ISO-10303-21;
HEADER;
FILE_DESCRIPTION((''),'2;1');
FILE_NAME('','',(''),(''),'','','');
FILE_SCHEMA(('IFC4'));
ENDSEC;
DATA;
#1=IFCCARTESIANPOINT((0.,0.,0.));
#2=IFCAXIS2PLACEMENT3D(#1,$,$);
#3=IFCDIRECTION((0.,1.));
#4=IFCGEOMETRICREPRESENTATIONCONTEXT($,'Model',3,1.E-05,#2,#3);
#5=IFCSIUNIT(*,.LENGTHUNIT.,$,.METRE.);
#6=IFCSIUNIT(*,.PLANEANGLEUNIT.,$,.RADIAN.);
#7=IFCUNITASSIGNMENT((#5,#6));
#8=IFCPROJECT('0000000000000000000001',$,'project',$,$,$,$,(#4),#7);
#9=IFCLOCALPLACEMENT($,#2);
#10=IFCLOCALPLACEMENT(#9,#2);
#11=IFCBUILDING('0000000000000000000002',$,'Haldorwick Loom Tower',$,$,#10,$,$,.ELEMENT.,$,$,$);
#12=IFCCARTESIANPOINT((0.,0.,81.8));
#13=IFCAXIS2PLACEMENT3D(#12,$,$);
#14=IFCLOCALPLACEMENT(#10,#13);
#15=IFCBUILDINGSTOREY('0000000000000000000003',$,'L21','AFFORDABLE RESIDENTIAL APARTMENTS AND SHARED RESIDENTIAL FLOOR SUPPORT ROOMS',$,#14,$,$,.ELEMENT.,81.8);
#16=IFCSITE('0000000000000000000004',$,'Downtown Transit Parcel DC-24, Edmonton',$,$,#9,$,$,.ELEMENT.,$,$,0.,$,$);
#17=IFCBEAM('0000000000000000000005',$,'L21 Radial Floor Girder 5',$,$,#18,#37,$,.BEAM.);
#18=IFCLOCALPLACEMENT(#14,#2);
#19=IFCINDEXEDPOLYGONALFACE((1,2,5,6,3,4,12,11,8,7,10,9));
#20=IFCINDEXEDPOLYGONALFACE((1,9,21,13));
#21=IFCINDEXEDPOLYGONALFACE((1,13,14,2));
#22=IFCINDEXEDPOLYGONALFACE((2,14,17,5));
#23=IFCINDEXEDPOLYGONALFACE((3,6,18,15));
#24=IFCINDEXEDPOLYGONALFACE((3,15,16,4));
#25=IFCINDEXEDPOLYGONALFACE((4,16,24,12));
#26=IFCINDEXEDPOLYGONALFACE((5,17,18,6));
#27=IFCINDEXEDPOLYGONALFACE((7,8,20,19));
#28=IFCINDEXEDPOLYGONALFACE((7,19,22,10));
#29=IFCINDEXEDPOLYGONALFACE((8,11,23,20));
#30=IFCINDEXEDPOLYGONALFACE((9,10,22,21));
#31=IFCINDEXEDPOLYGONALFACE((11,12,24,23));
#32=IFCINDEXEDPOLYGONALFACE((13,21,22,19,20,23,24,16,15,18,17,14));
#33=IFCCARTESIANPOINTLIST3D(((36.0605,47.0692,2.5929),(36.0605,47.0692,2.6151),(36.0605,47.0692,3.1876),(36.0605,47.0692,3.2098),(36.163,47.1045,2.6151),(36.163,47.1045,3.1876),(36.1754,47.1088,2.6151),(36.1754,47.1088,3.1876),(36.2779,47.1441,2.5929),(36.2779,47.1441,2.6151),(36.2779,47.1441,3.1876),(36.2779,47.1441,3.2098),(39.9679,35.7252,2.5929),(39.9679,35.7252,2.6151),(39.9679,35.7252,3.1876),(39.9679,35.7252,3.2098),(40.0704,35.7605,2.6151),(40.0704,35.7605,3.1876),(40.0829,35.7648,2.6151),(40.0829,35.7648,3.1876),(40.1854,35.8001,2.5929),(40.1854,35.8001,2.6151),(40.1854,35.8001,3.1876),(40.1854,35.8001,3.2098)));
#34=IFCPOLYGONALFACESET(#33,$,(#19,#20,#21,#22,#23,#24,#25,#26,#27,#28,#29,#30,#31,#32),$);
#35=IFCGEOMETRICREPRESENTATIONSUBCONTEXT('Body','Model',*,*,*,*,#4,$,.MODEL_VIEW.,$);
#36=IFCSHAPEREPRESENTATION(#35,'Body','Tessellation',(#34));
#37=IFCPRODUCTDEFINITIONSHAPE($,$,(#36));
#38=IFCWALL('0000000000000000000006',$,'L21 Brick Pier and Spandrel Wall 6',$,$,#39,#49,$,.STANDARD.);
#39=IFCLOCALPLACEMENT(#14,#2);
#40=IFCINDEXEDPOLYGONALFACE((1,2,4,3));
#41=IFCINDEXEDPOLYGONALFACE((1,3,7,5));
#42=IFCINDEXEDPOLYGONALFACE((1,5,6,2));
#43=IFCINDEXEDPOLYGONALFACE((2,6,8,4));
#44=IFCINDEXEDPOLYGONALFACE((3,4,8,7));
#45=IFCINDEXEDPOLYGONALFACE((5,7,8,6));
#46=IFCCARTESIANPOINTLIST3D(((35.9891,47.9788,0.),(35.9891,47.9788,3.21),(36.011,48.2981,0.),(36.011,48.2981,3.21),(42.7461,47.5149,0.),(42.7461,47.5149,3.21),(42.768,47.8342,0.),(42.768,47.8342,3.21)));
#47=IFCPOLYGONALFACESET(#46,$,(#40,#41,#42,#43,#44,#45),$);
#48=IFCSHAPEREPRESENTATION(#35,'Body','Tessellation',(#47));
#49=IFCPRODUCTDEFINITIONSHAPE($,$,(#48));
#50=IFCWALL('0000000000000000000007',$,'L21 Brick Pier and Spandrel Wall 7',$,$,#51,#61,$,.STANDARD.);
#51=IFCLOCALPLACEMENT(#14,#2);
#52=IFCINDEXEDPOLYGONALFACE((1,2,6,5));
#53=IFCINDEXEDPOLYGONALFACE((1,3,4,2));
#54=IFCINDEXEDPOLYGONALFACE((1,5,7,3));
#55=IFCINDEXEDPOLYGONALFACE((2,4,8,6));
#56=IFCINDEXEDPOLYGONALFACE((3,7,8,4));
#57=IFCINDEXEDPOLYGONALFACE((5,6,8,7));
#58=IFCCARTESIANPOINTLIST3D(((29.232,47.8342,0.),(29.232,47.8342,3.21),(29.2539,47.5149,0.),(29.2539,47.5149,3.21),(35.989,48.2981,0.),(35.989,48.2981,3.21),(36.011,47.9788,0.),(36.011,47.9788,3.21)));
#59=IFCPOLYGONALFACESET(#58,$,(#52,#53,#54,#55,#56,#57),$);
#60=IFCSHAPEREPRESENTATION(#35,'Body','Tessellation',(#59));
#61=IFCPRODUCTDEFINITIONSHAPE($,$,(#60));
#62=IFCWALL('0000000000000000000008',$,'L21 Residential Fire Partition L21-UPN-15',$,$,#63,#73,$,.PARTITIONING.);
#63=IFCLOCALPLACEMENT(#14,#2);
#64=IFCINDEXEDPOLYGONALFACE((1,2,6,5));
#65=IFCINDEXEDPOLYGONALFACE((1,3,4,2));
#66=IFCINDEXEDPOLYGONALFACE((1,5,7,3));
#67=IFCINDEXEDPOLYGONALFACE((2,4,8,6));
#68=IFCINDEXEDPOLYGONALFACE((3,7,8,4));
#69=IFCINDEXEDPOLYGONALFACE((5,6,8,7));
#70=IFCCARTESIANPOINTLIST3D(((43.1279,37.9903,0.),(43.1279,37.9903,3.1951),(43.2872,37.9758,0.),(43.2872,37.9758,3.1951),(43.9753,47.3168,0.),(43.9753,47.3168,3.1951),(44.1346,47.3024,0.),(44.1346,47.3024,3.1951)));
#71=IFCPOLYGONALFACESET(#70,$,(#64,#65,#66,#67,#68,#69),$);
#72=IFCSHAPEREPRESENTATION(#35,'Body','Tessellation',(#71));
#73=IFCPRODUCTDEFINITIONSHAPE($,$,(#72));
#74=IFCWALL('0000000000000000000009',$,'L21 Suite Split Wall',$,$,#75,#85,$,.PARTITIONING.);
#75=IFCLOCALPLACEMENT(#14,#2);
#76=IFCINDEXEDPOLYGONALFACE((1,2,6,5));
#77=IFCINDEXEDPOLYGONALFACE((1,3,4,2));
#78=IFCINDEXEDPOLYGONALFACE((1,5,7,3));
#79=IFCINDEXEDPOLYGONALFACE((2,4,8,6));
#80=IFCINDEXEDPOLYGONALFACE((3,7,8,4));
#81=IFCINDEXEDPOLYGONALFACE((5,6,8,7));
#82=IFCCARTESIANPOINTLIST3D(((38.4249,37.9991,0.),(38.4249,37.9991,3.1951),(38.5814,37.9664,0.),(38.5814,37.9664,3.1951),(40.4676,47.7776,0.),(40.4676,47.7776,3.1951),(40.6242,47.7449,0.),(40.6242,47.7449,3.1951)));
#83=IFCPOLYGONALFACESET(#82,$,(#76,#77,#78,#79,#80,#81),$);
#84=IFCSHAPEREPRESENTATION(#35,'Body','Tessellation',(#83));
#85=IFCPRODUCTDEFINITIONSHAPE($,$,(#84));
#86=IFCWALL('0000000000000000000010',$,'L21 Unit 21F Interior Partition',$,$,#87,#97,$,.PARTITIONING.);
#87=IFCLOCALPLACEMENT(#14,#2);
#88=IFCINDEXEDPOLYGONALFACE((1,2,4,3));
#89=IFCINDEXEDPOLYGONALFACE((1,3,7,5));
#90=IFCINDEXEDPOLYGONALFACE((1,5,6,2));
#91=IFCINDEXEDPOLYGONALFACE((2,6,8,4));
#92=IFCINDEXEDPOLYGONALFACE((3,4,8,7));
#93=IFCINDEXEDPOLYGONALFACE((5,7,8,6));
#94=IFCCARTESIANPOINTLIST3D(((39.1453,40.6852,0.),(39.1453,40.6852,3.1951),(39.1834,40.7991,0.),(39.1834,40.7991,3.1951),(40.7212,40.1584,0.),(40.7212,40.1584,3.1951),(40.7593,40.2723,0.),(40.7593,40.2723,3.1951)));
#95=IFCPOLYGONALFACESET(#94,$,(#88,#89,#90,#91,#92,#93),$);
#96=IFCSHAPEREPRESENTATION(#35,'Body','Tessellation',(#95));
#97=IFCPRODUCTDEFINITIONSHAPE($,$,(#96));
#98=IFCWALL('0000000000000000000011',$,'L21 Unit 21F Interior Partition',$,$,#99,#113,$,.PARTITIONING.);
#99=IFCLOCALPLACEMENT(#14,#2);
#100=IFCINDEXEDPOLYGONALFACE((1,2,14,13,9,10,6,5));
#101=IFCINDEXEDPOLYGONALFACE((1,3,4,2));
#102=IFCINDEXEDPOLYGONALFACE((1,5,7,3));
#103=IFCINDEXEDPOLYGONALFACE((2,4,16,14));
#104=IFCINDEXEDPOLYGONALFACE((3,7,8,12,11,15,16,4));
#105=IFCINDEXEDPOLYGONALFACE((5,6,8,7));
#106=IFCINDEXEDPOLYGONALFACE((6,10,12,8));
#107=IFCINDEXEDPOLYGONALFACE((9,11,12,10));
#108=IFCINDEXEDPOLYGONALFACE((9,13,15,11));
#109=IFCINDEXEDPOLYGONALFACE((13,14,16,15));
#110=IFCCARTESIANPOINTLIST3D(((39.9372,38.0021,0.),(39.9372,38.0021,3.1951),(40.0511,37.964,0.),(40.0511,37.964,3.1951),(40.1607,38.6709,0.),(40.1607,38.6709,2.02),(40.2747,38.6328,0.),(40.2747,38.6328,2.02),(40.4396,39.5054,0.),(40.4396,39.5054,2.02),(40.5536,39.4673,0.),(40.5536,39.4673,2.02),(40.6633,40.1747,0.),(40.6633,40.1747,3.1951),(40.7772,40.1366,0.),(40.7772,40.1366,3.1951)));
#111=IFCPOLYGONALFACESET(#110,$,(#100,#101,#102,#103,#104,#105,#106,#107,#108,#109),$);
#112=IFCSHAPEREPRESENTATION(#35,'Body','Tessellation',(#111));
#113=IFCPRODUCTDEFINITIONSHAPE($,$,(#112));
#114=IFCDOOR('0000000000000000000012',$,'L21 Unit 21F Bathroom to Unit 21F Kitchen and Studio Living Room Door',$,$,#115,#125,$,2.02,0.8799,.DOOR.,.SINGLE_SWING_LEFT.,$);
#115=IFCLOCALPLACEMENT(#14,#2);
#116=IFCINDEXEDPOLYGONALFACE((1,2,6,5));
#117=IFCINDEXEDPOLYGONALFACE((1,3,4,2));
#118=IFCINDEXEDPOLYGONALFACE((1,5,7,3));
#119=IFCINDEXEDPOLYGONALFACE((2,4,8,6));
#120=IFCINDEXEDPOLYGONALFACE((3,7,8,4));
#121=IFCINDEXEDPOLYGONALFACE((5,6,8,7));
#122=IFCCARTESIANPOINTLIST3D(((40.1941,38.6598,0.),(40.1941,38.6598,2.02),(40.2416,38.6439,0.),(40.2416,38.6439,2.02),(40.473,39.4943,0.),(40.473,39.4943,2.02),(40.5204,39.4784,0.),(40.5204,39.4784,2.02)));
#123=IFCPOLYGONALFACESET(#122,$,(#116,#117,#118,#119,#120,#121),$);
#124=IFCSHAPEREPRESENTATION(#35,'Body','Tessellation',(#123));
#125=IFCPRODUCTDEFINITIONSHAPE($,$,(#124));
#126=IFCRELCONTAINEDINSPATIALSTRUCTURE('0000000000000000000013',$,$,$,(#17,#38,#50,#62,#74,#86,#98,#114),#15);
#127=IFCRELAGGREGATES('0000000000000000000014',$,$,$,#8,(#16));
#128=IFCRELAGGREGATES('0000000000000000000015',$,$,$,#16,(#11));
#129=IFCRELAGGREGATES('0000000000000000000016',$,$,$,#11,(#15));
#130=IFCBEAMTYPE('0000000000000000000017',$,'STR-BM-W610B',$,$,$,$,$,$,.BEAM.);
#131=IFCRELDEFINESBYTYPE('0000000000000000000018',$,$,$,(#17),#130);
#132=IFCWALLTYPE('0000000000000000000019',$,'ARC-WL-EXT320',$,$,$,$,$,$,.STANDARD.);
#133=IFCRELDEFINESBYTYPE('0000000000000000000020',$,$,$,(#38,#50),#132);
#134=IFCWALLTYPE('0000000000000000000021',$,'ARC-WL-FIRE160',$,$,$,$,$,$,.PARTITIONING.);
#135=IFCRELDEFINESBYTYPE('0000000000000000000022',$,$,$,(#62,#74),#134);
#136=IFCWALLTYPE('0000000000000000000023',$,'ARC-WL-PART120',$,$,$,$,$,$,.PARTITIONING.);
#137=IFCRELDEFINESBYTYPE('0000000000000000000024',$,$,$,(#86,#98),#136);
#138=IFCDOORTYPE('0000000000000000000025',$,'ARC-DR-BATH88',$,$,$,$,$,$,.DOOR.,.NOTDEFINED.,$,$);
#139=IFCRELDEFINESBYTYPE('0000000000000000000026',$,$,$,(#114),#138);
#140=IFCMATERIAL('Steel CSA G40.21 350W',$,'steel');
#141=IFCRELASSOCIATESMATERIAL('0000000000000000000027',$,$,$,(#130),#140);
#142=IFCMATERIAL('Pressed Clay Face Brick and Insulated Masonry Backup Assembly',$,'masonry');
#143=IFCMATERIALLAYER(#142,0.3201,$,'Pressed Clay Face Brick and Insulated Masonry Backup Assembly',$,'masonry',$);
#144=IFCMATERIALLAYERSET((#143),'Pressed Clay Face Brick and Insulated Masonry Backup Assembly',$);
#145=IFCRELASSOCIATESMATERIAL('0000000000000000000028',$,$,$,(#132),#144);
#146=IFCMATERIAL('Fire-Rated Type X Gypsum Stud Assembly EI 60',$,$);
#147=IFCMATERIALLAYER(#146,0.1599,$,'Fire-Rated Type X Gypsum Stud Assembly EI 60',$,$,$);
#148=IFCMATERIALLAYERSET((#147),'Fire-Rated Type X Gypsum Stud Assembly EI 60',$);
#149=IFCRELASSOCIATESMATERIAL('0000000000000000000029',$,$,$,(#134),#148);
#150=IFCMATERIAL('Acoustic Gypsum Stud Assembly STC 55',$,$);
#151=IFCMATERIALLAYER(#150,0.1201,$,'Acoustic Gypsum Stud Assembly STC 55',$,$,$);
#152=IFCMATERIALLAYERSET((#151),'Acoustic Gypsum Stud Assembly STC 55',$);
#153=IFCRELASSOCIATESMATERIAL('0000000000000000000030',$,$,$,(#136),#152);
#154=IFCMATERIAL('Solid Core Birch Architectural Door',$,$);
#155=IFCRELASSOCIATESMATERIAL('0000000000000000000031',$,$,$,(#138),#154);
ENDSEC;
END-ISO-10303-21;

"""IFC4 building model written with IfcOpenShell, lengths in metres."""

from ifc_helpers import new_model, si_unit, direction, frame, frame_2d, origin, origin_2d, place, context, subcontext, project, spatial, rectangle, i_section, extrude, material, layer, layer_set, material_profile, profile_set, type_object, element, fill, save


model = new_model("IFC4")

# Units and contexts
model_context = context("Model", 3, precision=1e-05, world=origin(), true_north=direction((0.0, 1.0)))
body_context = subcontext(model_context, "Body", "Model", "MODEL_VIEW")
ifc_project = project(units=[si_unit("LENGTHUNIT", "METRE"), si_unit("PLANEANGLEUNIT", "RADIAN")], contexts=[model_context])

# Site, building, storey
site_placement = place(None, origin())
site = spatial("IfcSite", under=ifc_project, at=site_placement, Name="Downtown Transit Parcel DC-24, Edmonton", CompositionType="ELEMENT", RefElevation=0.0)
building_placement = place(site_placement, origin())
building = spatial("IfcBuilding", under=site, at=building_placement, Name="Haldorwick Loom Tower", CompositionType="ELEMENT")
storey_placement = place(building_placement, frame((0.0, 0.0, 81.8)))
storey = spatial("IfcBuildingStorey", under=building, at=storey_placement, Name="L21", Description="AFFORDABLE RESIDENTIAL APARTMENTS AND SHARED RESIDENTIAL FLOOR SUPPORT ROOMS", CompositionType="ELEMENT", Elevation=81.8)

# Beam
ifc_material_1 = material(Name="Steel CSA G40.21 350W", Category="steel")
ifc_material_profile_1 = material_profile(ifc_material_1, i_section(OverallWidth=0.23, OverallDepth=0.6169, WebThickness=0.0132, FlangeThickness=0.0222, at=origin_2d()), Name="W610X140", Category="steel")
ifc_profile_set_1 = profile_set([ifc_material_profile_1], Name="Steel CSA G40.21 350W")
beam_type_1 = type_object("IfcBeamType", Name="STR-BM-W610B", PredefinedType="BEAM", material=ifc_profile_set_1)
beam_1_placement = place(storey_placement, frame((40.0767, 35.7627, 2.9014), z_axis=(-0.325674, 0.945482, 0.0), x_axis=(-0.945482, -0.325674, 0.0)))
element("IfcBeam", 1, at=beam_1_placement, inside=storey, type_object=beam_type_1, Name="L21 Radial Floor Girder 5", PredefinedType="BEAM", context=body_context, shape_type="SweptSolid", body=[
    extrude(i_section(OverallWidth=0.23, OverallDepth=0.6169, WebThickness=0.0132, FlangeThickness=0.0222, at=origin_2d()), origin(), (0.0, 0.0, 1.0), 11.998),
])

# Walls
ifc_material_2 = material(Name="Pressed Clay Face Brick and Insulated Masonry Backup Assembly", Category="masonry")
ifc_layer_1 = layer(ifc_material_2, 0.3201, Name="Pressed Clay Face Brick and Insulated Masonry Backup Assembly", Category="masonry")
ifc_layer_set_1 = layer_set([ifc_layer_1], Name="Pressed Clay Face Brick and Insulated Masonry Backup Assembly")
wall_type_1 = type_object("IfcWallType", Name="ARC-WL-EXT320", PredefinedType="STANDARD", material=ifc_layer_set_1)
for number, where, z_axis, x_axis, name in (
    (2, (42.7571, 47.6746, 0.0), (0.0, 0.0, 1.0), (-0.997652, 0.068488, 0.0), "L21 Brick Pier and Spandrel Wall 6"),
    (3, (36.0, 48.1384, 0.0), (0.0, 0.0, 1.0), (-0.997652, -0.068488, 0.0), "L21 Brick Pier and Spandrel Wall 7"),
):
    element("IfcWall", number, at=place(storey_placement, frame(where, z_axis=z_axis, x_axis=x_axis)), inside=storey, type_object=wall_type_1, Name=name, PredefinedType="STANDARD", context=body_context, shape_type="SweptSolid", body=[
        extrude(rectangle(XDim=6.7729, YDim=0.3201, at=frame_2d((3.3865, 0.0))), origin(), (0.0, 0.0, 1.0), 3.21),
    ])
ifc_material_3 = material(Name="Fire-Rated Type X Gypsum Stud Assembly EI 60")
ifc_layer_2 = layer(ifc_material_3, 0.1599, Name="Fire-Rated Type X Gypsum Stud Assembly EI 60")
ifc_layer_set_2 = layer_set([ifc_layer_2], Name="Fire-Rated Type X Gypsum Stud Assembly EI 60")
wall_type_2 = type_object("IfcWallType", Name="ARC-WL-FIRE160", PredefinedType="PARTITIONING", material=ifc_layer_set_2)
wall_1_placement = place(storey_placement, frame((43.2075, 37.9829, 0.0), z_axis=(0.0, 0.0, 1.0), x_axis=(0.090486, 0.995898, 0.0)))
element("IfcWall", 4, at=wall_1_placement, inside=storey, type_object=wall_type_2, Name="L21 Residential Fire Partition L21-UPN-15", PredefinedType="PARTITIONING", context=body_context, shape_type="SweptSolid", body=[
    extrude(rectangle(XDim=9.365, YDim=0.1599, at=frame_2d((4.6826, 0.0))), origin(), (0.0, 0.0, 1.0), 3.1951),
])
wall_2_placement = place(storey_placement, frame((38.5032, 37.9829, 0.0), z_axis=(0.0, 0.0, 1.0), x_axis=(0.204489, 0.978869, 0.0)))
element("IfcWall", 5, at=wall_2_placement, inside=storey, type_object=wall_type_2, Name="L21 Suite Split Wall", PredefinedType="PARTITIONING", context=body_context, shape_type="SweptSolid", body=[
    extrude(rectangle(XDim=9.9895, YDim=0.1599, at=frame_2d((4.9946, 0.0))), origin(), (0.0, 0.0, 1.0), 3.1951),
])
ifc_material_4 = material(Name="Acoustic Gypsum Stud Assembly STC 55")
ifc_layer_3 = layer(ifc_material_4, 0.1201, Name="Acoustic Gypsum Stud Assembly STC 55")
ifc_layer_set_3 = layer_set([ifc_layer_3], Name="Acoustic Gypsum Stud Assembly STC 55")
wall_type_3 = type_object("IfcWallType", Name="ARC-WL-PART120", PredefinedType="PARTITIONING", material=ifc_layer_set_3)
wall_3_placement = place(storey_placement, frame((40.7402, 40.2153, 0.0), z_axis=(0.0, 0.0, 1.0), x_axis=(-0.948404, 0.317065, 0.0)))
element("IfcWall", 6, at=wall_3_placement, inside=storey, type_object=wall_type_3, Name="L21 Unit 21F Interior Partition", PredefinedType="PARTITIONING", context=body_context, shape_type="SweptSolid", body=[
    extrude(rectangle(XDim=1.6616, YDim=0.1201, at=frame_2d((0.8308, 0.0))), origin(), (0.0, 0.0, 1.0), 3.1951),
])

# Wall, opening, door
wall_4_placement = place(storey_placement, frame((39.9941, 37.9829, 0.0), z_axis=(0.0, 0.0, 1.0), x_axis=(0.316963, 0.948438, 0.0)))
wall_4 = element("IfcWall", 7, at=wall_4_placement, inside=storey, type_object=wall_type_3, Name="L21 Unit 21F Interior Partition", PredefinedType="PARTITIONING", context=body_context, shape_type="SweptSolid", body=[
    extrude(rectangle(XDim=2.2908, YDim=0.1201, at=frame_2d((1.1455, 0.0))), origin(), (0.0, 0.0, 1.0), 3.1951),
])
opening_placement = place(wall_4_placement, frame((0.7053, 0.0, 0.0)))
opening = element("IfcOpeningElement", 8, at=opening_placement, cuts=wall_4, PredefinedType="OPENING", context=body_context, shape_type="SweptSolid", body=[
    extrude(rectangle(XDim=0.8799, YDim=2.02, at=frame_2d((0.4399, 1.01))), frame((0.0, 0.0701, 0.0), z_axis=(0.0, -1.0, 0.0), x_axis=(1.0, 0.0, 0.0)), (0.0, 0.0, 1.0), 0.1401),
])
ifc_material_5 = material(Name="Solid Core Birch Architectural Door")
door_type = type_object("IfcDoorType", Name="ARC-DR-BATH88", OperationType="NOTDEFINED", PredefinedType="DOOR", material=ifc_material_5)
door_placement = place(opening_placement, origin())
door = element("IfcDoor", 9, at=door_placement, inside=storey, type_object=door_type, Name="L21 Unit 21F Bathroom to Unit 21F Kitchen and Studio Living Room Door", OperationType="SINGLE_SWING_LEFT", OverallHeight=2.02, OverallWidth=0.8799, PredefinedType="DOOR", context=body_context, shape_type="SweptSolid", body=[
    extrude(rectangle(XDim=0.8799, YDim=2.02, at=frame_2d((0.4399, 1.01))), frame((0.0, 0.0249, 0.0), z_axis=(0.0, -1.0, 0.0), x_axis=(1.0, 0.0, 0.0)), (0.0, 0.0, 1.0), 0.05),
])
fill(opening, door)

save(model, "model.ifc")
